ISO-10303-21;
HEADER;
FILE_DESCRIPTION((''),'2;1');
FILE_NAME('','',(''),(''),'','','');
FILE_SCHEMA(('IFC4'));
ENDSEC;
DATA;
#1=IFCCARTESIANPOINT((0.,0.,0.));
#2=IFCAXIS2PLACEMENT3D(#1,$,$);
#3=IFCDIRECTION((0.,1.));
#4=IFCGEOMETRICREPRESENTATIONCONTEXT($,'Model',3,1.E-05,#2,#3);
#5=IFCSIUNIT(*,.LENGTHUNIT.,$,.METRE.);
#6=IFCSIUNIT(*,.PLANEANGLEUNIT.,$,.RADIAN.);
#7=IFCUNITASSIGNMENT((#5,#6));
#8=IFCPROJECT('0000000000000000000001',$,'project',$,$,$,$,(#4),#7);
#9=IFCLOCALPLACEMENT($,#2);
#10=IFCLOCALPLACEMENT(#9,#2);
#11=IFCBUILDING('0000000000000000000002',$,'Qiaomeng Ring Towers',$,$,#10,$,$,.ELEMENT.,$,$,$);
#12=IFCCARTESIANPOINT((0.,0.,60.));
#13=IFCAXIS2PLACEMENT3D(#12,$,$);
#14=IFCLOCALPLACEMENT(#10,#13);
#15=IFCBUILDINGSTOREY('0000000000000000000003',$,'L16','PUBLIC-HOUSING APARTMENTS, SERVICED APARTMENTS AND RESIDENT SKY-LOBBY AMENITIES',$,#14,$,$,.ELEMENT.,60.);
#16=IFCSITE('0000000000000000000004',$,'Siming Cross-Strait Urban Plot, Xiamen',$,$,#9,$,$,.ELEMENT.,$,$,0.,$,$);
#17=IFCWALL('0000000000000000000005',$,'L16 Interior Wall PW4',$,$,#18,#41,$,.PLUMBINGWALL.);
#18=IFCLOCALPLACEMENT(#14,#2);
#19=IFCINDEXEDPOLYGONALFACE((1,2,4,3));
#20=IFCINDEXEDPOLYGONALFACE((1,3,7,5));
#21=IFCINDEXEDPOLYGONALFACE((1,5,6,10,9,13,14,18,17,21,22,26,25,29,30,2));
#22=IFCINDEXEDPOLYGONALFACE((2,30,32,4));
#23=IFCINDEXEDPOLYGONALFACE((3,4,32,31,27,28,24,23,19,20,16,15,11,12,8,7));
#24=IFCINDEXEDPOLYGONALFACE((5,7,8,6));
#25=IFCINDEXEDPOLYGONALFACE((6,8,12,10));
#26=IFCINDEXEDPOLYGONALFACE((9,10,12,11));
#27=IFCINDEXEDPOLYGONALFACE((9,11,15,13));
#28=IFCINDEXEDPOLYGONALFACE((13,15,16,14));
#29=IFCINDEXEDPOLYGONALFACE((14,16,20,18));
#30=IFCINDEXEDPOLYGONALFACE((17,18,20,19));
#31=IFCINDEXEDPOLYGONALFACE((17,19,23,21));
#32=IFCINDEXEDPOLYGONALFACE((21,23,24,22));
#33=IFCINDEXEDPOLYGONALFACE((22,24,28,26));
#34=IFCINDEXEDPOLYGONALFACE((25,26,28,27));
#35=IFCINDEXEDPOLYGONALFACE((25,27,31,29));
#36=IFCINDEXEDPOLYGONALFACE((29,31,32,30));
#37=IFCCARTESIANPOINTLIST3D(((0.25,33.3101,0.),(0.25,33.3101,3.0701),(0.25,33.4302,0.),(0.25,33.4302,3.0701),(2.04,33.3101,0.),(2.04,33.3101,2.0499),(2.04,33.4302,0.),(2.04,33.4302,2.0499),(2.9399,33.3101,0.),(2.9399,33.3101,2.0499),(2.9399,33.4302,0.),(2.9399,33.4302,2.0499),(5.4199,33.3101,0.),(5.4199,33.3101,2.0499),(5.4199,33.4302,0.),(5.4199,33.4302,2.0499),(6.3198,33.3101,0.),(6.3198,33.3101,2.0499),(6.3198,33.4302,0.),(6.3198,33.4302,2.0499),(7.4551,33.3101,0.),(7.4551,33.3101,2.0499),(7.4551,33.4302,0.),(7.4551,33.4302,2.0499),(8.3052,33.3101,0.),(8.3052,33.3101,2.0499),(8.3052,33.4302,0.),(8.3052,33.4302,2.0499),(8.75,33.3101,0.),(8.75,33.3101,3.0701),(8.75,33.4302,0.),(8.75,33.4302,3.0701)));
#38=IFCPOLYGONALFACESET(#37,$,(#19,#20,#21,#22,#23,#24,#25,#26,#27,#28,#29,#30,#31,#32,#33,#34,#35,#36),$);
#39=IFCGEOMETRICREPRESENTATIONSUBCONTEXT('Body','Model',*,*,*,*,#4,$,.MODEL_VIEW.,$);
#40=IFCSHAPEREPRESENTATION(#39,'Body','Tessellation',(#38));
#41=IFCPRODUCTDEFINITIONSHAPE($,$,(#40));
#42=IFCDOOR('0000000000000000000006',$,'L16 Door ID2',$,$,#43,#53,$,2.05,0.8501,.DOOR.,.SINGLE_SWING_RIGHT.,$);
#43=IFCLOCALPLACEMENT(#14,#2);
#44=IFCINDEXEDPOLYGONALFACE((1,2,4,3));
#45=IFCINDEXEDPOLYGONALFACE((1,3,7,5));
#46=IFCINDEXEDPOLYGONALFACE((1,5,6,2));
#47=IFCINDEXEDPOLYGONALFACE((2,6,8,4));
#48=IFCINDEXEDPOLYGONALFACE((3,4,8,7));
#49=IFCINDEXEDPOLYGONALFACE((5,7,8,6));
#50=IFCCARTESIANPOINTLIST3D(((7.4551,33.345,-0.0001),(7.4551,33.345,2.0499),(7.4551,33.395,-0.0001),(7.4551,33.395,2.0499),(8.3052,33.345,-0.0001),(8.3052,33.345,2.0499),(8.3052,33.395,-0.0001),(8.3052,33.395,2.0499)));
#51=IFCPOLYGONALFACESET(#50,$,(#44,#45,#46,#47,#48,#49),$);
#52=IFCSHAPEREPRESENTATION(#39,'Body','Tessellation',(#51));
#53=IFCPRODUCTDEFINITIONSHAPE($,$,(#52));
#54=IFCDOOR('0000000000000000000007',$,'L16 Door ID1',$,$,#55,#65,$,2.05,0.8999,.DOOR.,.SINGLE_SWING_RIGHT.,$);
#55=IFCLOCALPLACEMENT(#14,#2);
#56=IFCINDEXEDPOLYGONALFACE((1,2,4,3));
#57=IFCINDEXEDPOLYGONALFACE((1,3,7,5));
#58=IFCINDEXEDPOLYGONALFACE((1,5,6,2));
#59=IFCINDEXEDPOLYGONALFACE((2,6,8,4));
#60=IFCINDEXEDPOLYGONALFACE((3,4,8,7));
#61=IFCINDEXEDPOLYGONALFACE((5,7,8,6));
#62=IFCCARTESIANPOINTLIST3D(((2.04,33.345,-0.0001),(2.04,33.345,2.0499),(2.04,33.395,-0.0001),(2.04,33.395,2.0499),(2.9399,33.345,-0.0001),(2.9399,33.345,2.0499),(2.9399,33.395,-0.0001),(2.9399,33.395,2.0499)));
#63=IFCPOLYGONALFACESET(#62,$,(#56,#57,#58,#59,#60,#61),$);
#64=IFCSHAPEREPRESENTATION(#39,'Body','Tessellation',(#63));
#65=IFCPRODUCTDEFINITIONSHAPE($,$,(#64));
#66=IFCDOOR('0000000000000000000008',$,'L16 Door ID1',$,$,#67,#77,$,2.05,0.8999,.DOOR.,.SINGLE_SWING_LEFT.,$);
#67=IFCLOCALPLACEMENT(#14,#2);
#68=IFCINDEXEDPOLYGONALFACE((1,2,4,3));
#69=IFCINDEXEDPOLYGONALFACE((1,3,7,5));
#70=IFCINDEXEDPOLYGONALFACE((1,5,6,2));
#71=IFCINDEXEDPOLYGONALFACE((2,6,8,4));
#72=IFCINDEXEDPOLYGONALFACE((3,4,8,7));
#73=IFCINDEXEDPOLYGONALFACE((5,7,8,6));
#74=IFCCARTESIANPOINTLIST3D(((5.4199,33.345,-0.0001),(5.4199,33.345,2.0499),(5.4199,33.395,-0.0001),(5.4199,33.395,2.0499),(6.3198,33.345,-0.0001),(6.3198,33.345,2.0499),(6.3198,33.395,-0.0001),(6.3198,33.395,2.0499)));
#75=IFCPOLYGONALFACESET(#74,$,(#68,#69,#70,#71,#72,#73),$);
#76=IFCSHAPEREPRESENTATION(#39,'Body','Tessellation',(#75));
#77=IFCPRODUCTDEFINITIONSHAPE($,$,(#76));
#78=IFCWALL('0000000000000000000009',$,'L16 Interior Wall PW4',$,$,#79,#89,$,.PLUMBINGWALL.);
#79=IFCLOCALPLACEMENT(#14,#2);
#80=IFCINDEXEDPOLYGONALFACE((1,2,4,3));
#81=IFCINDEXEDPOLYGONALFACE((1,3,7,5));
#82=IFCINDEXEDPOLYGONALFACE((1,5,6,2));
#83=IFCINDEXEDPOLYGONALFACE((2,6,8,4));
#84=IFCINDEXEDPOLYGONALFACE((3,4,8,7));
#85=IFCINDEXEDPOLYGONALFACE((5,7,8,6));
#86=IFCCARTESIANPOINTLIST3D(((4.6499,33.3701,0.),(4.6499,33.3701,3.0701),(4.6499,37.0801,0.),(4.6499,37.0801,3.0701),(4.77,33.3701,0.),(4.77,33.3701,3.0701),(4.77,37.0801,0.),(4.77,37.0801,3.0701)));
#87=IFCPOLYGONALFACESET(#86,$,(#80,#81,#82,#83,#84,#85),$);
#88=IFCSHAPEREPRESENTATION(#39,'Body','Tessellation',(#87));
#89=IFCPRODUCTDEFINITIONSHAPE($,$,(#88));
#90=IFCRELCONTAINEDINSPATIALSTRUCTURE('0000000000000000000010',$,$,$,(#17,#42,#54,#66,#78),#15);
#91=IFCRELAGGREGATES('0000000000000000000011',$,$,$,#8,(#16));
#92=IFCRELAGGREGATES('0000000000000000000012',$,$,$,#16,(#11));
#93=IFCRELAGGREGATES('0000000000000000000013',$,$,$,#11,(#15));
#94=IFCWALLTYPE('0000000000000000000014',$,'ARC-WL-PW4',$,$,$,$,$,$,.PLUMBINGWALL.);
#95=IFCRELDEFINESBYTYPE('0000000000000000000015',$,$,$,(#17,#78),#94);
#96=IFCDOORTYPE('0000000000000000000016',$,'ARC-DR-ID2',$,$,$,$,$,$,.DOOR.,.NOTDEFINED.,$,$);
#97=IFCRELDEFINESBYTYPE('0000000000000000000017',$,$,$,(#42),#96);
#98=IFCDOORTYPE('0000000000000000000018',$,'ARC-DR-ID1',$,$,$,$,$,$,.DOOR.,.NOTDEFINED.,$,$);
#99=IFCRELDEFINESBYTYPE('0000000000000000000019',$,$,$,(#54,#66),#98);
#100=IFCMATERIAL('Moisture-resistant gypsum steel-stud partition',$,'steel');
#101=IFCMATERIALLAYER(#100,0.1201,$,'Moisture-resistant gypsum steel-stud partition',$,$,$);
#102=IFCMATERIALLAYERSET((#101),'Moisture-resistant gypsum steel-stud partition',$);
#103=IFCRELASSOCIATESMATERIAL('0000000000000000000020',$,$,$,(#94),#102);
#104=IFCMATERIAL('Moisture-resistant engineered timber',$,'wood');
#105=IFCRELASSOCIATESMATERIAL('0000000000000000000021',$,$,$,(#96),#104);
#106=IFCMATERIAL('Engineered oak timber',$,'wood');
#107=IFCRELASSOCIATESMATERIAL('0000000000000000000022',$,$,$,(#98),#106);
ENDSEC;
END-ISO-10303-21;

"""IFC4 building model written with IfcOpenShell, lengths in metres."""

from ifc_helpers import new_model, si_unit, direction, frame, frame_2d, origin, place, context, subcontext, project, spatial, rectangle, extrude, source, transform, mapped, material, layer, layer_set, type_object, element, fill, save


model = new_model("IFC4")

# Units and contexts
model_context = context("Model", 3, precision=1e-05, world=origin(), true_north=direction((0.0, 1.0)))
body_context = subcontext(model_context, "Body", "Model", "MODEL_VIEW")
ifc_project = project(units=[si_unit("LENGTHUNIT", "METRE"), si_unit("PLANEANGLEUNIT", "RADIAN")], contexts=[model_context])

# Site, building, storey
site_placement = place(None, origin())
site = spatial("IfcSite", under=ifc_project, at=site_placement, Name="Siming Cross-Strait Urban Plot, Xiamen", CompositionType="ELEMENT", RefElevation=0.0)
building_placement = place(site_placement, origin())
building = spatial("IfcBuilding", under=site, at=building_placement, Name="Qiaomeng Ring Towers", CompositionType="ELEMENT")
storey_placement = place(building_placement, frame((0.0, 0.0, 60.0)))
storey = spatial("IfcBuildingStorey", under=building, at=storey_placement, Name="L16", Description="PUBLIC-HOUSING APARTMENTS, SERVICED APARTMENTS AND RESIDENT SKY-LOBBY AMENITIES", CompositionType="ELEMENT", Elevation=60.0)

# Wall, openings, doors
ifc_material_1 = material(Name="Moisture-resistant gypsum steel-stud partition", Category="steel")
ifc_layer_1 = layer(ifc_material_1, 0.1201, Name="Moisture-resistant gypsum steel-stud partition")
ifc_layer_set_1 = layer_set([ifc_layer_1], Name="Moisture-resistant gypsum steel-stud partition")
wall_type_1 = type_object("IfcWallType", Name="ARC-WL-PW4", PredefinedType="PLUMBINGWALL", material=ifc_layer_set_1)
wall_1_placement = place(storey_placement, frame((0.25, 33.3701, 0.0), z_axis=(0.0, 0.0, 1.0), x_axis=(1.0, 0.0, 0.0)))
wall_1 = element("IfcWall", 1, at=wall_1_placement, inside=storey, type_object=wall_type_1, Name="L16 Interior Wall PW4", PredefinedType="PLUMBINGWALL", context=body_context, shape_type="SweptSolid", body=[
    extrude(rectangle(XDim=8.5, YDim=0.1201, at=frame_2d((4.25, 0.0))), origin(), (0.0, 0.0, 1.0), 3.0701),
])
opening_1_placement = place(wall_1_placement, frame((1.79, 0.0, 0.0)))
opening_1 = element("IfcOpeningElement", 2, at=opening_1_placement, cuts=wall_1, PredefinedType="OPENING", context=body_context, shape_type="SweptSolid", body=[
    extrude(rectangle(XDim=0.8999, YDim=2.05, at=frame_2d((0.45, 1.0249))), frame((0.0, 0.0701, 0.0), z_axis=(0.0, -1.0, 0.0), x_axis=(1.0, 0.0, 0.0)), (0.0, 0.0, 1.0), 0.1401),
])
opening_2_placement = place(wall_1_placement, frame((5.1699, 0.0, 0.0)))
opening_2 = element("IfcOpeningElement", 3, at=opening_2_placement, cuts=wall_1, PredefinedType="OPENING", context=body_context, shape_type="SweptSolid", body=[
    extrude(rectangle(XDim=0.8999, YDim=2.05, at=frame_2d((0.45, 1.0249))), frame((0.0, 0.0701, 0.0), z_axis=(0.0, -1.0, 0.0), x_axis=(1.0, 0.0, 0.0)), (0.0, 0.0, 1.0), 0.1401),
])
opening_3_placement = place(wall_1_placement, frame((7.2051, 0.0, 0.0)))
opening_3 = element("IfcOpeningElement", 4, at=opening_3_placement, cuts=wall_1, PredefinedType="OPENING", context=body_context, shape_type="SweptSolid", body=[
    extrude(rectangle(XDim=0.8501, YDim=2.05, at=frame_2d((0.425, 1.0249))), frame((0.0, 0.0701, 0.0), z_axis=(0.0, -1.0, 0.0), x_axis=(1.0, 0.0, 0.0)), (0.0, 0.0, 1.0), 0.1401),
])
ifc_material_2 = material(Name="Moisture-resistant engineered timber", Category="wood")
door_type_1 = type_object("IfcDoorType", Name="ARC-DR-ID2", OperationType="NOTDEFINED", PredefinedType="DOOR", material=ifc_material_2)
shared_shape_1 = source(origin(), body_context, "Body", "SweptSolid", [
    extrude(rectangle(XDim=0.8501, YDim=2.05, at=frame_2d((0.425, 1.0249))), frame((0.0, 0.0249, 0.0), z_axis=(0.0, -1.0, 0.0), x_axis=(1.0, 0.0, 0.0)), (0.0, 0.0, 1.0), 0.05),
])
door_1_placement = place(opening_3_placement, origin())
door_1 = element("IfcDoor", 5, at=door_1_placement, inside=storey, type_object=door_type_1, Name="L16 Door ID2", OperationType="SINGLE_SWING_RIGHT", OverallHeight=2.05, OverallWidth=0.8501, PredefinedType="DOOR", context=body_context, shape_type="MappedRepresentation", body=[
    mapped(shared_shape_1, transform((0.0, 0.0, 0.0), x_axis=(1.0, 0.0, 0.0), y_axis=(0.0, 1.0, 0.0), z_axis=(0.0, 0.0, 1.0), scale=1.0)),
])
fill(opening_3, door_1)
ifc_material_3 = material(Name="Engineered oak timber", Category="wood")
door_type_2 = type_object("IfcDoorType", Name="ARC-DR-ID1", OperationType="NOTDEFINED", PredefinedType="DOOR", material=ifc_material_3)
shared_shape_2 = source(origin(), body_context, "Body", "SweptSolid", [
    extrude(rectangle(XDim=0.8999, YDim=2.05, at=frame_2d((0.45, 1.0249))), frame((0.0, 0.0249, 0.0), z_axis=(0.0, -1.0, 0.0), x_axis=(1.0, 0.0, 0.0)), (0.0, 0.0, 1.0), 0.05),
])
door_2_placement = place(opening_1_placement, origin())
door_2 = element("IfcDoor", 6, at=door_2_placement, inside=storey, type_object=door_type_2, Name="L16 Door ID1", OperationType="SINGLE_SWING_RIGHT", OverallHeight=2.05, OverallWidth=0.8999, PredefinedType="DOOR", context=body_context, shape_type="MappedRepresentation", body=[
    mapped(shared_shape_2, transform((0.0, 0.0, 0.0), x_axis=(1.0, 0.0, 0.0), y_axis=(0.0, 1.0, 0.0), z_axis=(0.0, 0.0, 1.0), scale=1.0)),
])
fill(opening_1, door_2)
door_3_placement = place(opening_2_placement, origin())
door_3 = element("IfcDoor", 7, at=door_3_placement, inside=storey, type_object=door_type_2, Name="L16 Door ID1", OperationType="SINGLE_SWING_LEFT", OverallHeight=2.05, OverallWidth=0.8999, PredefinedType="DOOR", context=body_context, shape_type="MappedRepresentation", body=[
    mapped(shared_shape_2, transform((0.0, 0.0, 0.0), x_axis=(1.0, 0.0, 0.0), y_axis=(0.0, 1.0, 0.0), z_axis=(0.0, 0.0, 1.0), scale=1.0)),
])
fill(opening_2, door_3)

# Wall
wall_2_placement = place(storey_placement, frame((4.71, 33.3701, 0.0), z_axis=(0.0, 0.0, 1.0), x_axis=(0.0, 1.0, 0.0)))
element("IfcWall", 8, at=wall_2_placement, inside=storey, type_object=wall_type_1, Name="L16 Interior Wall PW4", PredefinedType="PLUMBINGWALL", context=body_context, shape_type="SweptSolid", body=[
    extrude(rectangle(XDim=3.71, YDim=0.1201, at=frame_2d((1.855, 0.0))), origin(), (0.0, 0.0, 1.0), 3.0701),
])

save(model, "model.ifc")
